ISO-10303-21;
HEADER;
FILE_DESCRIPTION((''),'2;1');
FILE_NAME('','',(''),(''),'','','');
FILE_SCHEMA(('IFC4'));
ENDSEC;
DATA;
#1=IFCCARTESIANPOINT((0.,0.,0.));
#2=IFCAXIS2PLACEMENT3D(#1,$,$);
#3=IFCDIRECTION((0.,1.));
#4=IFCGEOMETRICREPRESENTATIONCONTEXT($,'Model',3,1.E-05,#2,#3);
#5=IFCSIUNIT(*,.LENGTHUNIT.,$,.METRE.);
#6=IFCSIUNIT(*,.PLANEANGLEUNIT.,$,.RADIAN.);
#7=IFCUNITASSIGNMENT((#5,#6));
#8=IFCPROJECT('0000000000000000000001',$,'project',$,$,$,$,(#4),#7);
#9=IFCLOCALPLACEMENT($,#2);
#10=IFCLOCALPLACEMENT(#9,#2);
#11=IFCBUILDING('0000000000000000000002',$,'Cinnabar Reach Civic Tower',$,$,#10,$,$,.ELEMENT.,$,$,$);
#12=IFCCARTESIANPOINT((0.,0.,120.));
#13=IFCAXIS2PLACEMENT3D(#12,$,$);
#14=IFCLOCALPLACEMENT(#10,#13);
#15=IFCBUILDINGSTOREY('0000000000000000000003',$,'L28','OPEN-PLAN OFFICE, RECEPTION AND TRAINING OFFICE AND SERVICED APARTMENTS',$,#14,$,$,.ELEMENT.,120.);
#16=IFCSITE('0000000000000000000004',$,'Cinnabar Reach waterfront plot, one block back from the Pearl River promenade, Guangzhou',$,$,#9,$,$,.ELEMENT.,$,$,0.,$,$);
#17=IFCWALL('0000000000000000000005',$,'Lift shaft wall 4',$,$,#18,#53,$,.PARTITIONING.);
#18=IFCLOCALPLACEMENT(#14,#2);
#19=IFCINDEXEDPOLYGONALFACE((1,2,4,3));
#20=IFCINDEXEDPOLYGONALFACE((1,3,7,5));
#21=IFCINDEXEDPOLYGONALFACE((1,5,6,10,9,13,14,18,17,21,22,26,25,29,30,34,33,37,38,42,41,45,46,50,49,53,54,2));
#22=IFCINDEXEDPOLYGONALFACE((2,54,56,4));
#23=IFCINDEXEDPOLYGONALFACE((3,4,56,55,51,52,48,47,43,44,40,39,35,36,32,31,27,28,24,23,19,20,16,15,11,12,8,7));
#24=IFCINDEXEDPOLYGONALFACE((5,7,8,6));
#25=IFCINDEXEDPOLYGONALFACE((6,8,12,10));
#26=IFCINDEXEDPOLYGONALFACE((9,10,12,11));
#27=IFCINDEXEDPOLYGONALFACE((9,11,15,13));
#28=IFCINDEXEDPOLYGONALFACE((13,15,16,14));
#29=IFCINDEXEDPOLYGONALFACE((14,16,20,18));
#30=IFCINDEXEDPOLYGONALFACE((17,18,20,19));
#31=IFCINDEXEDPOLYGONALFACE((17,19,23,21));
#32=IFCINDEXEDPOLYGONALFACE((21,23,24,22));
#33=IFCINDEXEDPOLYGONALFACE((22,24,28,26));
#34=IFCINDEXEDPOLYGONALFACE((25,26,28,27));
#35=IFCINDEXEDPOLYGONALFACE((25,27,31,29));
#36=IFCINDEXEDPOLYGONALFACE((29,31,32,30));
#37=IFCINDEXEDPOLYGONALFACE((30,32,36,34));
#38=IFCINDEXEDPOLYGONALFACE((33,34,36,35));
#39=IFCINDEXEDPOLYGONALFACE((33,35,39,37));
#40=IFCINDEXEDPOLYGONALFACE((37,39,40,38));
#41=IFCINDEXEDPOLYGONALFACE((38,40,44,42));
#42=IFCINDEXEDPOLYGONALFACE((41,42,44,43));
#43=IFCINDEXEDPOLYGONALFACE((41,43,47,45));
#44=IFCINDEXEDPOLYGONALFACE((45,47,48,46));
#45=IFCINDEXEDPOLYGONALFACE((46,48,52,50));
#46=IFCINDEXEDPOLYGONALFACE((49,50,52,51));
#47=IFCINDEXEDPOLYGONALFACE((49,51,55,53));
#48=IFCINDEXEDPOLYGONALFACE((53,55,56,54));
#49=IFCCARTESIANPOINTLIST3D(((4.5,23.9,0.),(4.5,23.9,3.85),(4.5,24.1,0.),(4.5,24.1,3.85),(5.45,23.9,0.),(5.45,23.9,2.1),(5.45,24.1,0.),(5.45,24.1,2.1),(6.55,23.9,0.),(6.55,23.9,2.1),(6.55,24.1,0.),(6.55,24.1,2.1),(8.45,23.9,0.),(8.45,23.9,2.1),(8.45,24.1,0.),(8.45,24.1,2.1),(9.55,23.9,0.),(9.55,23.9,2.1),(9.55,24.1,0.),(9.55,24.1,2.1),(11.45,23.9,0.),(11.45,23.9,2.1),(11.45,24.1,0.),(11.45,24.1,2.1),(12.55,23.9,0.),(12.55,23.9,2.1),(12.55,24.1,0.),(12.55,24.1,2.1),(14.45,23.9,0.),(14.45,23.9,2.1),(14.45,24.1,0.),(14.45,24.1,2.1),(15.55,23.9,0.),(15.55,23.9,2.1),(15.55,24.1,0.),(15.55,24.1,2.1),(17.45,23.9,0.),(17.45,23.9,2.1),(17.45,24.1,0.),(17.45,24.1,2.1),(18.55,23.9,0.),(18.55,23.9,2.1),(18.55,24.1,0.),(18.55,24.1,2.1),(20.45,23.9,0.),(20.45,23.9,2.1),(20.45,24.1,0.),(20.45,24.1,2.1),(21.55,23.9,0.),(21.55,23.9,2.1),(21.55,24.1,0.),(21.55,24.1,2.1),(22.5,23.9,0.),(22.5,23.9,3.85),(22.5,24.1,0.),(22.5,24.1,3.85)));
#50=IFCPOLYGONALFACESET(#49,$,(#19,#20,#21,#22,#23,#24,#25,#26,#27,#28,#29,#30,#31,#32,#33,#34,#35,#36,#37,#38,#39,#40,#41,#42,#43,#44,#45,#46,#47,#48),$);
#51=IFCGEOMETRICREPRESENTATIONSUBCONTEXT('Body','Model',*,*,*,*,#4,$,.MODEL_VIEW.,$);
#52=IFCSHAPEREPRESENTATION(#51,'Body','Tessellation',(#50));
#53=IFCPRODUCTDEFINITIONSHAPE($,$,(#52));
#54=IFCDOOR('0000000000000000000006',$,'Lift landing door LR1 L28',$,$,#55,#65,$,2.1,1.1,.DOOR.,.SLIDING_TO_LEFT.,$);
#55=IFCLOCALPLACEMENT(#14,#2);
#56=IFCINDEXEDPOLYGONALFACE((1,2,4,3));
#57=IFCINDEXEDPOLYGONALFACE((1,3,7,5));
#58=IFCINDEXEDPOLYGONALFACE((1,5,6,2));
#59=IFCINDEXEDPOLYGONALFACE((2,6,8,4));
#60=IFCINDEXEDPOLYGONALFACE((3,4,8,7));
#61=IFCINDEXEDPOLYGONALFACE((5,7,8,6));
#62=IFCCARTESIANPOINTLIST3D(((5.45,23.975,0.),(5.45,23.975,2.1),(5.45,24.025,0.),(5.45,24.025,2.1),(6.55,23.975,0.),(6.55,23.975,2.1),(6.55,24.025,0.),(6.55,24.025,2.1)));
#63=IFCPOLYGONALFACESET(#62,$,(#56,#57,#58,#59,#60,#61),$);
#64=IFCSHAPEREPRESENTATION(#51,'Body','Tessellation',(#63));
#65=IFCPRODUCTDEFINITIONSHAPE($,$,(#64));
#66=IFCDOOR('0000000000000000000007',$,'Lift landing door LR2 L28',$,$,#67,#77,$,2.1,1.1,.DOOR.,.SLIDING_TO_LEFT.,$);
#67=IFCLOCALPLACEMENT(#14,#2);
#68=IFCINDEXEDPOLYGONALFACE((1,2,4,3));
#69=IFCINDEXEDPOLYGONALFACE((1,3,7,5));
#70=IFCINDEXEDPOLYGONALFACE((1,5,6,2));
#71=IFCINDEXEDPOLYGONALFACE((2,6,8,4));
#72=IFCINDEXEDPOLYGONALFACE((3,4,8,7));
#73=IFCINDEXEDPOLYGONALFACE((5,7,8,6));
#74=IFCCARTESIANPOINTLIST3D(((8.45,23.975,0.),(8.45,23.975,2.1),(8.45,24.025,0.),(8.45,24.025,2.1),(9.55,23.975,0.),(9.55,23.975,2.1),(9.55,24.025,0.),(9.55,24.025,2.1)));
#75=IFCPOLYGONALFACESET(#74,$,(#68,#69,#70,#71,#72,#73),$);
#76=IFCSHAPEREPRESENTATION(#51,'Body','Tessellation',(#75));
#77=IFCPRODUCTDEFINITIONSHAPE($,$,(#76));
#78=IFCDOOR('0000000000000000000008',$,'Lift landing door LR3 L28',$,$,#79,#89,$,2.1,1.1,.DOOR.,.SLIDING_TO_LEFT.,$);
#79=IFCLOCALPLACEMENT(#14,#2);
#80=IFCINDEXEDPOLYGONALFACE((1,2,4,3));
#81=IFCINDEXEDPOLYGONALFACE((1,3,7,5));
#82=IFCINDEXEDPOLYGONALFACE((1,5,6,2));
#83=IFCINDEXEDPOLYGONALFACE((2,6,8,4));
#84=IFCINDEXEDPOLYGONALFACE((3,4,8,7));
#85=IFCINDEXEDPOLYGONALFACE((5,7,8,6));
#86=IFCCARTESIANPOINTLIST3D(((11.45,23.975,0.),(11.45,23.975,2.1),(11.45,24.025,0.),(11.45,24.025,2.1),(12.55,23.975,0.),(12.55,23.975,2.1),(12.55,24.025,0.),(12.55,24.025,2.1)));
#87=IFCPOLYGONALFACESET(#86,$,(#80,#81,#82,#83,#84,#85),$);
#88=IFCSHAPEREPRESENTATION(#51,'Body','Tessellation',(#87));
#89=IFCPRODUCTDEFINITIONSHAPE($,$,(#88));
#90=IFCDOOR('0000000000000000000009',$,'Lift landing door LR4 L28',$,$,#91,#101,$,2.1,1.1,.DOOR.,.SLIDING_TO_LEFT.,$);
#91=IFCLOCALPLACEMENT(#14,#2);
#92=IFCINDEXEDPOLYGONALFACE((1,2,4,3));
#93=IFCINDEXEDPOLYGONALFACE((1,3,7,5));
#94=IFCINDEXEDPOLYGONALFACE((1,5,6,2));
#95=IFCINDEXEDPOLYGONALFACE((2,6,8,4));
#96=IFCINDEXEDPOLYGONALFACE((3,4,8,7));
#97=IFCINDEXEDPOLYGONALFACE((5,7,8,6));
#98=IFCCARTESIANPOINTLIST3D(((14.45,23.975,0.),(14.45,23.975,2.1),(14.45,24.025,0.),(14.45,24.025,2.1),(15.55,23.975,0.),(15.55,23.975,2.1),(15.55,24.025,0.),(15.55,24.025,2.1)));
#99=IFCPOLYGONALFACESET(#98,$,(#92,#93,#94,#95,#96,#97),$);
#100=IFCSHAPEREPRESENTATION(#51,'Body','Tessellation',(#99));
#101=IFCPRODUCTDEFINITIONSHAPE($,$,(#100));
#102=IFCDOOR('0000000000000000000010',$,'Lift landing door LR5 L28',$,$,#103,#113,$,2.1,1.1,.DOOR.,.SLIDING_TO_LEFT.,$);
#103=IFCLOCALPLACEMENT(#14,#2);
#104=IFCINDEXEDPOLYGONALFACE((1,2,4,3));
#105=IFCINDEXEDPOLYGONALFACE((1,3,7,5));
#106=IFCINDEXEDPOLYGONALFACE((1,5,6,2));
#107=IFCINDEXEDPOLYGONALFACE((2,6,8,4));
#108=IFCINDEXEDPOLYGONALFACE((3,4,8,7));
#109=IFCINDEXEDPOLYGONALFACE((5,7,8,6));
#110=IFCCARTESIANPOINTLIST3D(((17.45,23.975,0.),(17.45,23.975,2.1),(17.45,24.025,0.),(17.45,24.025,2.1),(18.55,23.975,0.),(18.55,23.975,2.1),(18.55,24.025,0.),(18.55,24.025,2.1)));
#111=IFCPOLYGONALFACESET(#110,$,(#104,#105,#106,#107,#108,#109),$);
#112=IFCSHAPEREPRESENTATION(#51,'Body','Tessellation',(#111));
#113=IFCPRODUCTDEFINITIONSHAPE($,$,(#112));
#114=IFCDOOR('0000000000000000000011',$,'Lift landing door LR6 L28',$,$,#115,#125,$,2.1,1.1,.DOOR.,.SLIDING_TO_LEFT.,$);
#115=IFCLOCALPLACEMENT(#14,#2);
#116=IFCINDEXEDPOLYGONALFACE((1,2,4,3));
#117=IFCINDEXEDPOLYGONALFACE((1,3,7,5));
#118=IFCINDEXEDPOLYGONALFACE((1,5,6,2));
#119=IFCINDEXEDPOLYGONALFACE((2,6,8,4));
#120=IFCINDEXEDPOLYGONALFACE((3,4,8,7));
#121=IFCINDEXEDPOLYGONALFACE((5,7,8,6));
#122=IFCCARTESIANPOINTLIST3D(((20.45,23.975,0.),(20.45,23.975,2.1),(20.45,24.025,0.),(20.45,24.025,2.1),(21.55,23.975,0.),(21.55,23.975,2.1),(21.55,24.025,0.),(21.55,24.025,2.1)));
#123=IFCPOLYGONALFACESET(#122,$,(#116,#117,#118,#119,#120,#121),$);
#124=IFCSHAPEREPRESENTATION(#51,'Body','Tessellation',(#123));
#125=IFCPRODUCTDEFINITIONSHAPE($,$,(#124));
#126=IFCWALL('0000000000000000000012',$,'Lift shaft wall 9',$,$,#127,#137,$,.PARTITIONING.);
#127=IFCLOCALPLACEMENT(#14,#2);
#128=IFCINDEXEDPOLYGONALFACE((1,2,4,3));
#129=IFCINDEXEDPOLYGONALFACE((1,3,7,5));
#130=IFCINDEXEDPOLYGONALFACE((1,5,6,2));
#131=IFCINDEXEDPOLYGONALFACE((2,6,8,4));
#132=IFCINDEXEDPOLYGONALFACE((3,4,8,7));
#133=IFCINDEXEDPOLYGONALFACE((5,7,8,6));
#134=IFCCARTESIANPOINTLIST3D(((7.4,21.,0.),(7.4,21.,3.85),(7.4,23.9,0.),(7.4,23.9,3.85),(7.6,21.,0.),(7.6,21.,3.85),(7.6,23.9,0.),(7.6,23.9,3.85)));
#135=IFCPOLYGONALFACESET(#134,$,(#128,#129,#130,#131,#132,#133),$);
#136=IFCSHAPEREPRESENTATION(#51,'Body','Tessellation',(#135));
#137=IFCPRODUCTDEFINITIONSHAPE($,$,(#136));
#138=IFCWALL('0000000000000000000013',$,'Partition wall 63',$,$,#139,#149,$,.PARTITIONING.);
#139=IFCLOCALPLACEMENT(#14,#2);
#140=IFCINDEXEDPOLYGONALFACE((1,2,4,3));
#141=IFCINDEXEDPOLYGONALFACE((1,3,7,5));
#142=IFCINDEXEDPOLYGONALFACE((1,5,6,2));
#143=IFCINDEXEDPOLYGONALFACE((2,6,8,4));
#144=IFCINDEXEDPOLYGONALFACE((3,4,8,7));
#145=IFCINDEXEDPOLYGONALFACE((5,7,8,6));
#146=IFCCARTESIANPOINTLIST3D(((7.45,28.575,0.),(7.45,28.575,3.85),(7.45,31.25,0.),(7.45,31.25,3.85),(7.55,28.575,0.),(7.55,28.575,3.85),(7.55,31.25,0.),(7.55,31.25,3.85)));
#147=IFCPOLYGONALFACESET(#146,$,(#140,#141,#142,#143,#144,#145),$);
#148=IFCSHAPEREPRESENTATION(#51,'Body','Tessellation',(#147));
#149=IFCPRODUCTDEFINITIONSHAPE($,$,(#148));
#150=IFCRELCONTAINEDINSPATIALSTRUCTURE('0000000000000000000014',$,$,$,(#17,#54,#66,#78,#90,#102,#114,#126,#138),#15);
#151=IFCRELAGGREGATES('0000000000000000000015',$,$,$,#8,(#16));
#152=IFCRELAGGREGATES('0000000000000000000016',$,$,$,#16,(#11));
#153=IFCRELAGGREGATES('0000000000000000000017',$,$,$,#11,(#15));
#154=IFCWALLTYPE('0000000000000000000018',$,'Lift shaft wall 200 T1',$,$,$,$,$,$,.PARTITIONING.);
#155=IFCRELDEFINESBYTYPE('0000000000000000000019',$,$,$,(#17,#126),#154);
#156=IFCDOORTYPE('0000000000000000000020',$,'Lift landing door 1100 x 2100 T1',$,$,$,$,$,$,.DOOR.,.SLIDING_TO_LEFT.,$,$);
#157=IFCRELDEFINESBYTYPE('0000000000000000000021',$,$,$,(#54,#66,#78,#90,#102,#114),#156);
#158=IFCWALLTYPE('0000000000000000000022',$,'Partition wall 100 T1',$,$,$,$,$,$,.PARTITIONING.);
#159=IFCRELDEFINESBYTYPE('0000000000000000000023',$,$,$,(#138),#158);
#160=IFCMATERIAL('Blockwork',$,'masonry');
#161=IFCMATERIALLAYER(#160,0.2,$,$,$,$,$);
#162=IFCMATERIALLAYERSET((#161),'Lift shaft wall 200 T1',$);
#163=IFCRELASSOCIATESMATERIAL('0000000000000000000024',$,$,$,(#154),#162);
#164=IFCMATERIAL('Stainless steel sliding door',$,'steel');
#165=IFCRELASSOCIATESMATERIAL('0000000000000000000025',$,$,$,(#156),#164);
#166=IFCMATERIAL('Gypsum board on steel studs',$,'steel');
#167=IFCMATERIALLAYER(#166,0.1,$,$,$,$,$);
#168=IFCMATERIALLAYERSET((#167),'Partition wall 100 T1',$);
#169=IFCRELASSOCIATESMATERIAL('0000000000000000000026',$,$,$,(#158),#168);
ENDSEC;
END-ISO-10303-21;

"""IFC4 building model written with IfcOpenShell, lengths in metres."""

from ifc_helpers import new_model, si_unit, direction, frame, frame_2d, origin, place, context, subcontext, project, spatial, rectangle, extrude, material, layer, layer_set, type_object, element, fill, save


model = new_model("IFC4")

# Units and contexts
model_context = context("Model", 3, precision=1e-05, world=origin(), true_north=direction((0.0, 1.0)))
body_context = subcontext(model_context, "Body", "Model", "MODEL_VIEW")
ifc_project = project(units=[si_unit("LENGTHUNIT", "METRE"), si_unit("PLANEANGLEUNIT", "RADIAN")], contexts=[model_context])

# Site, building, storey
site_placement = place(None, origin())
site = spatial("IfcSite", under=ifc_project, at=site_placement, Name="Cinnabar Reach waterfront plot, one block back from the Pearl River promenade, Guangzhou", CompositionType="ELEMENT", RefElevation=0.0)
building_placement = place(site_placement, origin())
building = spatial("IfcBuilding", under=site, at=building_placement, Name="Cinnabar Reach Civic Tower", CompositionType="ELEMENT")
storey_placement = place(building_placement, frame((0.0, 0.0, 120.0)))
storey = spatial("IfcBuildingStorey", under=building, at=storey_placement, Name="L28", Description="OPEN-PLAN OFFICE, RECEPTION AND TRAINING OFFICE AND SERVICED APARTMENTS", CompositionType="ELEMENT", Elevation=120.0)

# Wall, openings, doors
ifc_material_1 = material(Name="Blockwork", Category="masonry")
ifc_layer_1 = layer(ifc_material_1, 0.2)
ifc_layer_set_1 = layer_set([ifc_layer_1], Name="Lift shaft wall 200 T1")
wall_type_1 = type_object("IfcWallType", Name="Lift shaft wall 200 T1", PredefinedType="PARTITIONING", material=ifc_layer_set_1)
wall_1_placement = place(storey_placement, frame((4.5, 24.0, 0.0), z_axis=(0.0, 0.0, 1.0), x_axis=(1.0, 0.0, 0.0)))
wall_1 = element("IfcWall", 1, at=wall_1_placement, inside=storey, type_object=wall_type_1, Name="Lift shaft wall 4", PredefinedType="PARTITIONING", context=body_context, shape_type="SweptSolid", body=[
    extrude(rectangle(XDim=18.0, YDim=0.2, at=frame_2d((9.0, 0.0))), origin(), (0.0, 0.0, 1.0), 3.85),
])
opening_1_placement = place(wall_1_placement, frame((0.95, 0.0, 0.0)))
opening_1 = element("IfcOpeningElement", 2, at=opening_1_placement, cuts=wall_1, PredefinedType="OPENING", context=body_context, shape_type="SweptSolid", body=[
    extrude(rectangle(XDim=1.1, YDim=2.1, at=frame_2d((0.55, 1.05))), frame((0.0, 0.11, 0.0), z_axis=(0.0, -1.0, 0.0), x_axis=(1.0, 0.0, 0.0)), (0.0, 0.0, 1.0), 0.22),
])
opening_2_placement = place(wall_1_placement, frame((3.95, 0.0, 0.0)))
opening_2 = element("IfcOpeningElement", 3, at=opening_2_placement, cuts=wall_1, PredefinedType="OPENING", context=body_context, shape_type="SweptSolid", body=[
    extrude(rectangle(XDim=1.1, YDim=2.1, at=frame_2d((0.55, 1.05))), frame((0.0, 0.11, 0.0), z_axis=(0.0, -1.0, 0.0), x_axis=(1.0, 0.0, 0.0)), (0.0, 0.0, 1.0), 0.22),
])
opening_3_placement = place(wall_1_placement, frame((6.95, 0.0, 0.0)))
opening_3 = element("IfcOpeningElement", 4, at=opening_3_placement, cuts=wall_1, PredefinedType="OPENING", context=body_context, shape_type="SweptSolid", body=[
    extrude(rectangle(XDim=1.1, YDim=2.1, at=frame_2d((0.55, 1.05))), frame((0.0, 0.11, 0.0), z_axis=(0.0, -1.0, 0.0), x_axis=(1.0, 0.0, 0.0)), (0.0, 0.0, 1.0), 0.22),
])
opening_4_placement = place(wall_1_placement, frame((9.95, 0.0, 0.0)))
opening_4 = element("IfcOpeningElement", 5, at=opening_4_placement, cuts=wall_1, PredefinedType="OPENING", context=body_context, shape_type="SweptSolid", body=[
    extrude(rectangle(XDim=1.1, YDim=2.1, at=frame_2d((0.55, 1.05))), frame((0.0, 0.11, 0.0), z_axis=(0.0, -1.0, 0.0), x_axis=(1.0, 0.0, 0.0)), (0.0, 0.0, 1.0), 0.22),
])
opening_5_placement = place(wall_1_placement, frame((12.95, 0.0, 0.0)))
opening_5 = element("IfcOpeningElement", 6, at=opening_5_placement, cuts=wall_1, PredefinedType="OPENING", context=body_context, shape_type="SweptSolid", body=[
    extrude(rectangle(XDim=1.1, YDim=2.1, at=frame_2d((0.55, 1.05))), frame((0.0, 0.11, 0.0), z_axis=(0.0, -1.0, 0.0), x_axis=(1.0, 0.0, 0.0)), (0.0, 0.0, 1.0), 0.22),
])
opening_6_placement = place(wall_1_placement, frame((15.95, 0.0, 0.0)))
opening_6 = element("IfcOpeningElement", 7, at=opening_6_placement, cuts=wall_1, PredefinedType="OPENING", context=body_context, shape_type="SweptSolid", body=[
    extrude(rectangle(XDim=1.1, YDim=2.1, at=frame_2d((0.55, 1.05))), frame((0.0, 0.11, 0.0), z_axis=(0.0, -1.0, 0.0), x_axis=(1.0, 0.0, 0.0)), (0.0, 0.0, 1.0), 0.22),
])
ifc_material_2 = material(Name="Stainless steel sliding door", Category="steel")
door_type_1 = type_object("IfcDoorType", Name="Lift landing door 1100 x 2100 T1", OperationType="SLIDING_TO_LEFT", PredefinedType="DOOR", material=ifc_material_2)
door_1_placement = place(opening_1_placement, origin())
door_1 = element("IfcDoor", 8, at=door_1_placement, inside=storey, type_object=door_type_1, Name="Lift landing door LR1 L28", OperationType="SLIDING_TO_LEFT", OverallHeight=2.1, OverallWidth=1.1, PredefinedType="DOOR", context=body_context, shape_type="SweptSolid", body=[
    extrude(rectangle(XDim=1.1, YDim=2.1, at=frame_2d((0.55, 1.05))), frame((0.0, 0.025, 0.0), z_axis=(0.0, -1.0, 0.0), x_axis=(1.0, 0.0, 0.0)), (0.0, 0.0, 1.0), 0.05),
])
fill(opening_1, door_1)
door_2_placement = place(opening_2_placement, origin())
door_2 = element("IfcDoor", 9, at=door_2_placement, inside=storey, type_object=door_type_1, Name="Lift landing door LR2 L28", OperationType="SLIDING_TO_LEFT", OverallHeight=2.1, OverallWidth=1.1, PredefinedType="DOOR", context=body_context, shape_type="SweptSolid", body=[
    extrude(rectangle(XDim=1.1, YDim=2.1, at=frame_2d((0.55, 1.05))), frame((0.0, 0.025, 0.0), z_axis=(0.0, -1.0, 0.0), x_axis=(1.0, 0.0, 0.0)), (0.0, 0.0, 1.0), 0.05),
])
fill(opening_2, door_2)
door_3_placement = place(opening_3_placement, origin())
door_3 = element("IfcDoor", 10, at=door_3_placement, inside=storey, type_object=door_type_1, Name="Lift landing door LR3 L28", OperationType="SLIDING_TO_LEFT", OverallHeight=2.1, OverallWidth=1.1, PredefinedType="DOOR", context=body_context, shape_type="SweptSolid", body=[
    extrude(rectangle(XDim=1.1, YDim=2.1, at=frame_2d((0.55, 1.05))), frame((0.0, 0.025, 0.0), z_axis=(0.0, -1.0, 0.0), x_axis=(1.0, 0.0, 0.0)), (0.0, 0.0, 1.0), 0.05),
])
fill(opening_3, door_3)
door_4_placement = place(opening_4_placement, origin())
door_4 = element("IfcDoor", 11, at=door_4_placement, inside=storey, type_object=door_type_1, Name="Lift landing door LR4 L28", OperationType="SLIDING_TO_LEFT", OverallHeight=2.1, OverallWidth=1.1, PredefinedType="DOOR", context=body_context, shape_type="SweptSolid", body=[
    extrude(rectangle(XDim=1.1, YDim=2.1, at=frame_2d((0.55, 1.05))), frame((0.0, 0.025, 0.0), z_axis=(0.0, -1.0, 0.0), x_axis=(1.0, 0.0, 0.0)), (0.0, 0.0, 1.0), 0.05),
])
fill(opening_4, door_4)
door_5_placement = place(opening_5_placement, origin())
door_5 = element("IfcDoor", 12, at=door_5_placement, inside=storey, type_object=door_type_1, Name="Lift landing door LR5 L28", OperationType="SLIDING_TO_LEFT", OverallHeight=2.1, OverallWidth=1.1, PredefinedType="DOOR", context=body_context, shape_type="SweptSolid", body=[
    extrude(rectangle(XDim=1.1, YDim=2.1, at=frame_2d((0.55, 1.05))), frame((0.0, 0.025, 0.0), z_axis=(0.0, -1.0, 0.0), x_axis=(1.0, 0.0, 0.0)), (0.0, 0.0, 1.0), 0.05),
])
fill(opening_5, door_5)
door_6_placement = place(opening_6_placement, origin())
door_6 = element("IfcDoor", 13, at=door_6_placement, inside=storey, type_object=door_type_1, Name="Lift landing door LR6 L28", OperationType="SLIDING_TO_LEFT", OverallHeight=2.1, OverallWidth=1.1, PredefinedType="DOOR", context=body_context, shape_type="SweptSolid", body=[
    extrude(rectangle(XDim=1.1, YDim=2.1, at=frame_2d((0.55, 1.05))), frame((0.0, 0.025, 0.0), z_axis=(0.0, -1.0, 0.0), x_axis=(1.0, 0.0, 0.0)), (0.0, 0.0, 1.0), 0.05),
])
fill(opening_6, door_6)

# Walls
wall_2_placement = place(storey_placement, frame((7.5, 21.0, 0.0), z_axis=(0.0, 0.0, 1.0), x_axis=(0.0, 1.0, 0.0)))
element("IfcWall", 14, at=wall_2_placement, inside=storey, type_object=wall_type_1, Name="Lift shaft wall 9", PredefinedType="PARTITIONING", context=body_context, shape_type="SweptSolid", body=[
    extrude(rectangle(XDim=2.9, YDim=0.2, at=frame_2d((1.45, 0.0))), origin(), (0.0, 0.0, 1.0), 3.85),
])
ifc_material_3 = material(Name="Gypsum board on steel studs", Category="steel")
ifc_layer_2 = layer(ifc_material_3, 0.1)
ifc_layer_set_2 = layer_set([ifc_layer_2], Name="Partition wall 100 T1")
wall_type_2 = type_object("IfcWallType", Name="Partition wall 100 T1", PredefinedType="PARTITIONING", material=ifc_layer_set_2)
wall_3_placement = place(storey_placement, frame((7.5, 28.575, 0.0), z_axis=(0.0, 0.0, 1.0), x_axis=(0.0, 1.0, 0.0)))
element("IfcWall", 15, at=wall_3_placement, inside=storey, type_object=wall_type_2, Name="Partition wall 63", PredefinedType="PARTITIONING", context=body_context, shape_type="SweptSolid", body=[
    extrude(rectangle(XDim=2.675, YDim=0.1, at=frame_2d((1.3375, 0.0))), origin(), (0.0, 0.0, 1.0), 3.85),
])

save(model, "model.ifc")
